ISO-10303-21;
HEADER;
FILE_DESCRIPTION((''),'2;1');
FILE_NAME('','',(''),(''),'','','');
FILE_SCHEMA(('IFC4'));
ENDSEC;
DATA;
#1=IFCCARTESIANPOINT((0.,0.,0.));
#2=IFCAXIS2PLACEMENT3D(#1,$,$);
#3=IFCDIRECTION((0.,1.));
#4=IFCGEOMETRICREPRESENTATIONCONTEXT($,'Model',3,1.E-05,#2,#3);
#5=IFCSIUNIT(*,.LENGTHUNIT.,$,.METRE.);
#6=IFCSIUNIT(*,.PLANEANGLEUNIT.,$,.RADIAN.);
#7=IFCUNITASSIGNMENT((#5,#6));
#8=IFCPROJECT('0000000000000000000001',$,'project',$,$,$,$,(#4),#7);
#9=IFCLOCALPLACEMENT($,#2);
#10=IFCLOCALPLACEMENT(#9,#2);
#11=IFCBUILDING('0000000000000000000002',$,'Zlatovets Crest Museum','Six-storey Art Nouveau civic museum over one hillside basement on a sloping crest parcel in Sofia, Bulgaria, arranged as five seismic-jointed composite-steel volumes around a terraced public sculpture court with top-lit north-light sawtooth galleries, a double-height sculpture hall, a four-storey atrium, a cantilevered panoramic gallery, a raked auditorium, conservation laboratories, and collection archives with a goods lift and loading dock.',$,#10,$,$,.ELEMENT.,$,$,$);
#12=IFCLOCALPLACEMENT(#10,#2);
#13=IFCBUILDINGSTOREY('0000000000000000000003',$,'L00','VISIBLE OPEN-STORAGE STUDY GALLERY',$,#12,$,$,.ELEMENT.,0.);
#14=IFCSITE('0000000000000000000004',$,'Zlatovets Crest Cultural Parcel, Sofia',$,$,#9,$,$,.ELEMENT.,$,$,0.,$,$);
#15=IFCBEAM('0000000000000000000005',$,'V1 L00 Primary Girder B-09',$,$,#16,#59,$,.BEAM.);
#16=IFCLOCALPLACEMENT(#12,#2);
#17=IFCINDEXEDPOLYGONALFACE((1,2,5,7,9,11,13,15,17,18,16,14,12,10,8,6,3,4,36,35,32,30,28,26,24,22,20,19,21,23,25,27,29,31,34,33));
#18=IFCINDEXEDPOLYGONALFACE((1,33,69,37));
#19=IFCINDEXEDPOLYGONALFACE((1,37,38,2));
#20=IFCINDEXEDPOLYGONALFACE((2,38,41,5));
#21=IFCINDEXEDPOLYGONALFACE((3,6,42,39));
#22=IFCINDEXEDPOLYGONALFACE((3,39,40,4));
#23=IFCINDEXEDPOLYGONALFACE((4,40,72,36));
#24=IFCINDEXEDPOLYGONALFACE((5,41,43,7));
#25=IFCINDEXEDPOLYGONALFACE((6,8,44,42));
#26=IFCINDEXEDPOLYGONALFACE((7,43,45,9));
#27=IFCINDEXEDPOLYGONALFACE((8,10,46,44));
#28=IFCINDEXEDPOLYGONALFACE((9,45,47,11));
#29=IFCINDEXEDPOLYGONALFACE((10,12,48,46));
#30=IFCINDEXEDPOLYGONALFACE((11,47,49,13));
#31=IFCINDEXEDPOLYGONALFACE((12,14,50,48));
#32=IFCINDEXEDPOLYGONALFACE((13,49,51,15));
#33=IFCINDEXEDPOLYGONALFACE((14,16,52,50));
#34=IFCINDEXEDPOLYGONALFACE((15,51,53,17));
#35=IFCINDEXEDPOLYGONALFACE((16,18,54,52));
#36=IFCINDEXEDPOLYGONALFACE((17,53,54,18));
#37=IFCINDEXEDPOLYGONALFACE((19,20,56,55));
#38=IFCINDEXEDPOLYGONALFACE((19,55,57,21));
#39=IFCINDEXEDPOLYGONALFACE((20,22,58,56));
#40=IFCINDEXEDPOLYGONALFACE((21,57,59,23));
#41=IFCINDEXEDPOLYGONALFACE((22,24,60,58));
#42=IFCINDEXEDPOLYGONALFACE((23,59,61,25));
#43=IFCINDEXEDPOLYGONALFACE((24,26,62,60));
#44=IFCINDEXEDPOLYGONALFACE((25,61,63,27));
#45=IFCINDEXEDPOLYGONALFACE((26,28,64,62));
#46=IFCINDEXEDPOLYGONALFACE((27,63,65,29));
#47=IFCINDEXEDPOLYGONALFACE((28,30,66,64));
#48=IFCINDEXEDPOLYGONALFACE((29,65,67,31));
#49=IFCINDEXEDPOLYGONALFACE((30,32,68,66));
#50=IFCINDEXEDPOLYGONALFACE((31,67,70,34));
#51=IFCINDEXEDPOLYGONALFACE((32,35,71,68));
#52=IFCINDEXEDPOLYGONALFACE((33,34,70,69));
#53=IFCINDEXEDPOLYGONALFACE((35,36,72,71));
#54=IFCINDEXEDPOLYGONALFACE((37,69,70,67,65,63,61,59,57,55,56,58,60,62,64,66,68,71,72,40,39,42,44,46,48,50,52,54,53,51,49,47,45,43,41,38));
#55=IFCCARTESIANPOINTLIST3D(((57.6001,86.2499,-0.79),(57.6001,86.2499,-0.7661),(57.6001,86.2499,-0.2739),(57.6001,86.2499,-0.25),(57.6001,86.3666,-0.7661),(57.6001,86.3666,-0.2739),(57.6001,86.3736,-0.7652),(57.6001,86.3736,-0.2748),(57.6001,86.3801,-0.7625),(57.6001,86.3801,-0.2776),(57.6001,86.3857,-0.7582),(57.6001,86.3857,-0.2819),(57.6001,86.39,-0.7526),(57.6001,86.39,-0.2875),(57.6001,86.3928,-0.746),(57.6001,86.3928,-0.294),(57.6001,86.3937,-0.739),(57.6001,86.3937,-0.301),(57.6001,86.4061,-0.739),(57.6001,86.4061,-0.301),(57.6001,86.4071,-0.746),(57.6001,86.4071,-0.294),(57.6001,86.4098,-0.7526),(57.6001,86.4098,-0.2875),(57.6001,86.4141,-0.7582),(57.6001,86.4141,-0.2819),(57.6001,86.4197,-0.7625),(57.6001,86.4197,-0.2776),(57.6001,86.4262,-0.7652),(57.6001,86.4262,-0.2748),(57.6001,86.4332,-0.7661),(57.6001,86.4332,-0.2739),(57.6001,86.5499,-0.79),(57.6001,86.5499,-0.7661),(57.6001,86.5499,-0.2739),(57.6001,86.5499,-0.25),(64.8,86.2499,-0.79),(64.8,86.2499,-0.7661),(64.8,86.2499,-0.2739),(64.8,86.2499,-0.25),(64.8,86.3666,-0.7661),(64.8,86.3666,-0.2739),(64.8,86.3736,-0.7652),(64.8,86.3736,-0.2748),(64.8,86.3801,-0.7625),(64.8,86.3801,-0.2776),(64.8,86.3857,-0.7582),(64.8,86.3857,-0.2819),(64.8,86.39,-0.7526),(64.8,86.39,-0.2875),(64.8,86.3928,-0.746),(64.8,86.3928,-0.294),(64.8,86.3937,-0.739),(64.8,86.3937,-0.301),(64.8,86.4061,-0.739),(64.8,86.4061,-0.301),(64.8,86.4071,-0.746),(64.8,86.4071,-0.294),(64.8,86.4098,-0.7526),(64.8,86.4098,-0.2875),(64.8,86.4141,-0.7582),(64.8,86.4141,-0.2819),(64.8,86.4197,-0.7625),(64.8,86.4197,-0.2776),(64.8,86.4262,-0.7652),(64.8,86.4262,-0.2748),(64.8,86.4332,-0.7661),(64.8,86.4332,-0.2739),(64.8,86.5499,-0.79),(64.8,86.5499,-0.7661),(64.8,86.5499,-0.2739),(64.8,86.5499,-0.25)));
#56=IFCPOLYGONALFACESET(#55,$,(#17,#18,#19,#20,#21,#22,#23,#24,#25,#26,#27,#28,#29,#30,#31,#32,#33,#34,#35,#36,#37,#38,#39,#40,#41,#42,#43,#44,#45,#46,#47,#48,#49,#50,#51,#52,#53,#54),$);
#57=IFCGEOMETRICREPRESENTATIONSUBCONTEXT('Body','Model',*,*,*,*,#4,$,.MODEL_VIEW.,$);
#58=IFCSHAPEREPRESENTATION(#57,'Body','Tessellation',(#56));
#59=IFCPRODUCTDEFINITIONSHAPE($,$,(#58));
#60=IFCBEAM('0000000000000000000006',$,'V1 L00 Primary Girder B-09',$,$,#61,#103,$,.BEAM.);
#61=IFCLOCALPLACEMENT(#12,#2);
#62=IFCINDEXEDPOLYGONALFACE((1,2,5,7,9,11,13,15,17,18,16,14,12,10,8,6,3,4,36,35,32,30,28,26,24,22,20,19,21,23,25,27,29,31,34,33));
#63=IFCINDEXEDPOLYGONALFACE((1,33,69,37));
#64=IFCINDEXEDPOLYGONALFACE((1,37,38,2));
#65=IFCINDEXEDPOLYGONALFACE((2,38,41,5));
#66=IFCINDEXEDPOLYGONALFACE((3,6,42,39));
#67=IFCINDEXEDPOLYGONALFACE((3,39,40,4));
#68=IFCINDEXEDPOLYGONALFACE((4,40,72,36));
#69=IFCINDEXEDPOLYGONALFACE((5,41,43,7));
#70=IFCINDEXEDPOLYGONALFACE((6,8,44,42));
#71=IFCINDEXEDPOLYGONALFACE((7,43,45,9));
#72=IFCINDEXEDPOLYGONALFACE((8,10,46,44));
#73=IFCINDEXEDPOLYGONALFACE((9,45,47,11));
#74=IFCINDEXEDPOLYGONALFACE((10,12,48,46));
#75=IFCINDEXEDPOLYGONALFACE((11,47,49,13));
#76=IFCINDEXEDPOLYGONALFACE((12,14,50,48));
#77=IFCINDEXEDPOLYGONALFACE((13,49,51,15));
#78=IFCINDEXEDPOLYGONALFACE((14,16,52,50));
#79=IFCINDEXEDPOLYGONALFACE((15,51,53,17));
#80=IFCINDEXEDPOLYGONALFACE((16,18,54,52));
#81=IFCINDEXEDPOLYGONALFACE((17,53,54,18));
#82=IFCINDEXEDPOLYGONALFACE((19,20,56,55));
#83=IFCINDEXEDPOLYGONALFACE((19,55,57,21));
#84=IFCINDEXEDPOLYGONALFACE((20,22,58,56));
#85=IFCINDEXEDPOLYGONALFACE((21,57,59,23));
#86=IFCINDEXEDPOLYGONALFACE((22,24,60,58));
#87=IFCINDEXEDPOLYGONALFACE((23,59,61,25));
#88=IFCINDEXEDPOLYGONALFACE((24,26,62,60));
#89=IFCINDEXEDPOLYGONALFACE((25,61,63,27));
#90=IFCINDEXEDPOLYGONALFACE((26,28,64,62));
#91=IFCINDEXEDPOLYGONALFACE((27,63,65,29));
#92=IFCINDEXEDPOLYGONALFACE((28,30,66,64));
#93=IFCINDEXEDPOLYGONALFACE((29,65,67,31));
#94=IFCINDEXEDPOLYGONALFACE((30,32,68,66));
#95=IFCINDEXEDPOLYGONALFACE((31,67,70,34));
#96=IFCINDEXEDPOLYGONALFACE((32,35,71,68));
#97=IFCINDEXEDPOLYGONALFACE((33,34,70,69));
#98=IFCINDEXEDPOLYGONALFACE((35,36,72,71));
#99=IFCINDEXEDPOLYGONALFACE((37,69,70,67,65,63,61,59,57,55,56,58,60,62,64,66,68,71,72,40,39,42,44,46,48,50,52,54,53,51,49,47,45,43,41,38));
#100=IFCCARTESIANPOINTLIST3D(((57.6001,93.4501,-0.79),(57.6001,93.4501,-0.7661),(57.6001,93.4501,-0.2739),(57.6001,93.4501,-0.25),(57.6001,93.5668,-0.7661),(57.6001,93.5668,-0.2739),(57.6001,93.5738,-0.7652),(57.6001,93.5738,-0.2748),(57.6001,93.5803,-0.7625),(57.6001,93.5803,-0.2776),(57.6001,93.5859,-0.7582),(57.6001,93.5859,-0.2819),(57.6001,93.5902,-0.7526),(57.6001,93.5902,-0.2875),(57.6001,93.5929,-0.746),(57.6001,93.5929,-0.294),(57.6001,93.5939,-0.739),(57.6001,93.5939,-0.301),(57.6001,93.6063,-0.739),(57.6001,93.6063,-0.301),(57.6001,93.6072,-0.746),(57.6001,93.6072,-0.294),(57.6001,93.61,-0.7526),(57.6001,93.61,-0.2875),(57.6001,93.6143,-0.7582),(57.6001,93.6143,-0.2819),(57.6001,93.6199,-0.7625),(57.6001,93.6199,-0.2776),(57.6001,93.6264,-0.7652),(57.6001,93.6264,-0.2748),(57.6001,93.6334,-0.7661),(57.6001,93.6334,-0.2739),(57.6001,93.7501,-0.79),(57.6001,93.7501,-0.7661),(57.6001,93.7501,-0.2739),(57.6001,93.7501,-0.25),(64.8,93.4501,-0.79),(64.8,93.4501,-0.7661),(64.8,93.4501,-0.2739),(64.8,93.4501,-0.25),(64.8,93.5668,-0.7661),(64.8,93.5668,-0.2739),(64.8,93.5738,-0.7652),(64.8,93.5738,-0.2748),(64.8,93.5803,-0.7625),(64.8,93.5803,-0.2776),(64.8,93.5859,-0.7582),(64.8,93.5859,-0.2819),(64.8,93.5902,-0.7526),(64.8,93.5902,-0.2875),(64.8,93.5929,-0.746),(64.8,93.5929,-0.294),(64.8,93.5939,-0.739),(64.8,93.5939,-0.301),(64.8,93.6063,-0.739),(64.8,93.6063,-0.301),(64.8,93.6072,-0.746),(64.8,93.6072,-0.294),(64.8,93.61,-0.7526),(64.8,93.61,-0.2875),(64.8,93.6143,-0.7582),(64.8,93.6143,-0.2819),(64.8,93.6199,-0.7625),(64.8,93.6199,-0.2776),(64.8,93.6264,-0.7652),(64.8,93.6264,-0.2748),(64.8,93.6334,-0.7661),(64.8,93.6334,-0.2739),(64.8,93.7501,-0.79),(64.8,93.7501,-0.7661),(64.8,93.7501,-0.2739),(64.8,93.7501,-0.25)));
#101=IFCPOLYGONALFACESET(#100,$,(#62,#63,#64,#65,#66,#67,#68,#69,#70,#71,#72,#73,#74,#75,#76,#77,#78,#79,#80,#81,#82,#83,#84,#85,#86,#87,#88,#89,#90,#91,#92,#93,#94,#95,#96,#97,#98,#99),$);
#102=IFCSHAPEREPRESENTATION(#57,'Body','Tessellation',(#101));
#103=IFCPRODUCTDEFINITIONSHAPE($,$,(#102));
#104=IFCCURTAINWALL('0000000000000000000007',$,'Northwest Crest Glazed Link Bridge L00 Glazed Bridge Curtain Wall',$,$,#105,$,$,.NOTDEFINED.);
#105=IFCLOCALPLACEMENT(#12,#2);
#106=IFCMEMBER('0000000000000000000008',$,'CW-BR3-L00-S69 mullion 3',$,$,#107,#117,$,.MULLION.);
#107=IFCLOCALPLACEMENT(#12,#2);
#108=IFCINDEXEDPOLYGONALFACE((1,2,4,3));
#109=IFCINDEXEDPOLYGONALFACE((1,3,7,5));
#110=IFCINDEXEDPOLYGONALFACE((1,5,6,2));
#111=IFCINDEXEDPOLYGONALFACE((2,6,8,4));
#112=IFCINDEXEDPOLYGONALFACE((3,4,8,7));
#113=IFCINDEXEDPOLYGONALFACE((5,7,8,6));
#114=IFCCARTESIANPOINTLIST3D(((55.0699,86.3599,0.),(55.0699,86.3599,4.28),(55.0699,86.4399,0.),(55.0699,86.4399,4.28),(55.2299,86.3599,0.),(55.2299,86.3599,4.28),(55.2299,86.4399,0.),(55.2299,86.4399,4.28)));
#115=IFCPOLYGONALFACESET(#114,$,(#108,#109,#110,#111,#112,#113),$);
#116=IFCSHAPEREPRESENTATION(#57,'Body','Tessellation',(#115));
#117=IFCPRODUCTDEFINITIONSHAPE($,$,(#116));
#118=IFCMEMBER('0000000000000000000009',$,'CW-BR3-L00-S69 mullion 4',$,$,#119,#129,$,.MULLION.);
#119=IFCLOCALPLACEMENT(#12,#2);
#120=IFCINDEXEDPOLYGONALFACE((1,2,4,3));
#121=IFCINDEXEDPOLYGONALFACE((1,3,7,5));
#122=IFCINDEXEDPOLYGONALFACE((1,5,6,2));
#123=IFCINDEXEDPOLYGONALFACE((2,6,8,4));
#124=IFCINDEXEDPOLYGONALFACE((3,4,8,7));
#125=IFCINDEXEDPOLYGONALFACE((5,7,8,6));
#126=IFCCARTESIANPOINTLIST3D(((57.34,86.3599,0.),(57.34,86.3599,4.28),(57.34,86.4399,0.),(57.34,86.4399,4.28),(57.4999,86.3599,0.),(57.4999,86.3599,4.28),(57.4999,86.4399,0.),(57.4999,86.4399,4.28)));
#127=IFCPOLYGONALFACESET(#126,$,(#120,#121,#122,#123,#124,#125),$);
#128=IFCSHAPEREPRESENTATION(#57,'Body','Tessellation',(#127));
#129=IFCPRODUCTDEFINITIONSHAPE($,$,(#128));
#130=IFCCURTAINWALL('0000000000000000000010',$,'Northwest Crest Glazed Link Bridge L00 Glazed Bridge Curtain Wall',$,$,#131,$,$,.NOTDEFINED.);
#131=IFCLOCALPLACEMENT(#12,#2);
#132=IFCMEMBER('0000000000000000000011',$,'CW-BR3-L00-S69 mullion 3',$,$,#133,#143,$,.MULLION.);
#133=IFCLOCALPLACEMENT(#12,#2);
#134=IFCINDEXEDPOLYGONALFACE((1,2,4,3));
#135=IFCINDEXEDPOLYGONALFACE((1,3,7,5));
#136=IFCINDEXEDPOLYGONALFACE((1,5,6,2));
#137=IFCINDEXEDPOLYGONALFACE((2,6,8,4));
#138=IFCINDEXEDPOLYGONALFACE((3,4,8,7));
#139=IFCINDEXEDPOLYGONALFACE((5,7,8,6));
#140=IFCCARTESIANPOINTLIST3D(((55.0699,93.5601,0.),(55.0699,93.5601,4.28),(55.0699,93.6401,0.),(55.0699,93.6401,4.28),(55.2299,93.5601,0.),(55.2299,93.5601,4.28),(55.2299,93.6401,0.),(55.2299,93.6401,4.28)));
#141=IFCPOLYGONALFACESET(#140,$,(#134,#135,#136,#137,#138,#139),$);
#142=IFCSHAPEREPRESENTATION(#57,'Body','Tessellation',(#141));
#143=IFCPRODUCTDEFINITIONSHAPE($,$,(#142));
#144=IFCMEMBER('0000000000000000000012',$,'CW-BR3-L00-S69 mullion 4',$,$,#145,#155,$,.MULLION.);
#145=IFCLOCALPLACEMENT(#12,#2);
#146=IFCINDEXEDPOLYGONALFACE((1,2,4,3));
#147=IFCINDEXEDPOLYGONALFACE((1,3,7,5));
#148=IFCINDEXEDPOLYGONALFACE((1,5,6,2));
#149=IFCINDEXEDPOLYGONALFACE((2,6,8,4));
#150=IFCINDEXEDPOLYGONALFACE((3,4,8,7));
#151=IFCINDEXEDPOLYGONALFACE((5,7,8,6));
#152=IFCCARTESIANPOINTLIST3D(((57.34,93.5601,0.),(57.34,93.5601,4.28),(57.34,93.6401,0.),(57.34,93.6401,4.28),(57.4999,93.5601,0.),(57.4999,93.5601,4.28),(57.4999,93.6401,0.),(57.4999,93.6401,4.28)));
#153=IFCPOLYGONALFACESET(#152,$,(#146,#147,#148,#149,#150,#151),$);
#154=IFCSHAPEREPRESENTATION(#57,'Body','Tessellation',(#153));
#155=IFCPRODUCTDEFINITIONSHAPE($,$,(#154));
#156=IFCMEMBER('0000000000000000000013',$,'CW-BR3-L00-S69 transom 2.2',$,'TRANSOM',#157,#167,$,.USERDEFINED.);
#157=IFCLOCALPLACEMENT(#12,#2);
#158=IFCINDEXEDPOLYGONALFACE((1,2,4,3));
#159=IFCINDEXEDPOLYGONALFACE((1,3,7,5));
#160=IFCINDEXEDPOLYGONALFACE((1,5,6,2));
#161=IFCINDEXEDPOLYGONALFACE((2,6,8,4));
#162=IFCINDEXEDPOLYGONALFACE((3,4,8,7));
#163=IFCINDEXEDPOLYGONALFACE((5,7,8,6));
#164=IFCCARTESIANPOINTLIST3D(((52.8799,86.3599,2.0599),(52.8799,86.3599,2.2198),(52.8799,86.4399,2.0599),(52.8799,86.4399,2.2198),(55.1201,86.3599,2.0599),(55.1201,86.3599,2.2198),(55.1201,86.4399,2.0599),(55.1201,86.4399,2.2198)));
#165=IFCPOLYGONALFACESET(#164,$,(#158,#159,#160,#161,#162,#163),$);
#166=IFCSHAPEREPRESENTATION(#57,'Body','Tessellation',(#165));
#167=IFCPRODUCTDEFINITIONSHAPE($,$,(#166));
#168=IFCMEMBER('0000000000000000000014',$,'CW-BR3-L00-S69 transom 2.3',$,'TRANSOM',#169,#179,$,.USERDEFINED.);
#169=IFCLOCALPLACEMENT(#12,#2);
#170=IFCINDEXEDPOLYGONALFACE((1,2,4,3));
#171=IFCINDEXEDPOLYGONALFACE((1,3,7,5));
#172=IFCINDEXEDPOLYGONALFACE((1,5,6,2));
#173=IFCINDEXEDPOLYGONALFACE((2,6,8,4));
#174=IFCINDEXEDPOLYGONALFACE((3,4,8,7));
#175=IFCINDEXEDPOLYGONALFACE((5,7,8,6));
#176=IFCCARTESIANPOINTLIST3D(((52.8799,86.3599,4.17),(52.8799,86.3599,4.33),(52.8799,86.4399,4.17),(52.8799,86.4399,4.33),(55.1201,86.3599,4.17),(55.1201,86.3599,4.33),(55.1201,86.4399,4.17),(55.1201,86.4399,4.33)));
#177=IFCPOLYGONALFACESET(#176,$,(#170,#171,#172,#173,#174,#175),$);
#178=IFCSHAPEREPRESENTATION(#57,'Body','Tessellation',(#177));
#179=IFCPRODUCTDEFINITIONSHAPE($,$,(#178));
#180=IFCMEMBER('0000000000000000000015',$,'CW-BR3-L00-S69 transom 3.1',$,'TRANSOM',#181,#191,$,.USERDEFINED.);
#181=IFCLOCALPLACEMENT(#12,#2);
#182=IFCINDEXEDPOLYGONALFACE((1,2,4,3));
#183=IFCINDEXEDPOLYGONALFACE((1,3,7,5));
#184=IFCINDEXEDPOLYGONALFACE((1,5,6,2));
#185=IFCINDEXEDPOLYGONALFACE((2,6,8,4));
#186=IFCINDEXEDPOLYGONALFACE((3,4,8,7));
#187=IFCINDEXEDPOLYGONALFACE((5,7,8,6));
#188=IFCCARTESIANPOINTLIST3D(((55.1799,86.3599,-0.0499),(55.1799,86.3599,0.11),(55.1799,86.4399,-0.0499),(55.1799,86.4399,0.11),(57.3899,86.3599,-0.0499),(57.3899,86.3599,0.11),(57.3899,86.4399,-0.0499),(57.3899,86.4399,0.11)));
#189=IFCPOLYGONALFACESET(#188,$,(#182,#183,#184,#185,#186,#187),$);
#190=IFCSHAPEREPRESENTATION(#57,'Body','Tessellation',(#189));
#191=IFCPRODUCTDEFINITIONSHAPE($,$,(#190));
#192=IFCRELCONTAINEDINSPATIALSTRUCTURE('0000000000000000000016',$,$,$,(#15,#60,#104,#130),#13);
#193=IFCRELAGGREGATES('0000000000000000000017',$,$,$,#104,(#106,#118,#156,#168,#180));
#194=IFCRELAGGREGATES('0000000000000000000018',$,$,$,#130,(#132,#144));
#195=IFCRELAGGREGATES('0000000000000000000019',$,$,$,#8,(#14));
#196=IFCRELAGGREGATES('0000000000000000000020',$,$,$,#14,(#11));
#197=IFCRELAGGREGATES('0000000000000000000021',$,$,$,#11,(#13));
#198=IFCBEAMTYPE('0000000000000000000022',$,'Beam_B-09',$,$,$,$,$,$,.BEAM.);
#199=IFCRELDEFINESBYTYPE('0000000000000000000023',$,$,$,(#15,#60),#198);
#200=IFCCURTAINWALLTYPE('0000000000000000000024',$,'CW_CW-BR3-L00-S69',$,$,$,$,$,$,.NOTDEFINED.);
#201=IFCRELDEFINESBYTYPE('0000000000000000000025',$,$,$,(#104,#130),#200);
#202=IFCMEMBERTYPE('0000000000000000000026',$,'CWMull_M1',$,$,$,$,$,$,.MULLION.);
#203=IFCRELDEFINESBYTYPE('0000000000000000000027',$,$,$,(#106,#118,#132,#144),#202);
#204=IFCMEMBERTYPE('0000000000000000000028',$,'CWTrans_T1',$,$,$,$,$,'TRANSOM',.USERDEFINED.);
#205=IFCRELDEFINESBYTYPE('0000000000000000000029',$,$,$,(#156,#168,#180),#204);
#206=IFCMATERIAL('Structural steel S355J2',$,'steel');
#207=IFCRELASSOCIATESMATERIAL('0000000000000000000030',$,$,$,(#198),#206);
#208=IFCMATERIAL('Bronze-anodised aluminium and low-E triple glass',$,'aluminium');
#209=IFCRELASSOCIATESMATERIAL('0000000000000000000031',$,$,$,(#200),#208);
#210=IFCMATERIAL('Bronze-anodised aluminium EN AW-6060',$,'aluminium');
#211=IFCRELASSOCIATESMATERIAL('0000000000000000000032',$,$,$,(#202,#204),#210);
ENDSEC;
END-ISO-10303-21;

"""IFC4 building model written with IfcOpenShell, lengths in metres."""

from ifc_helpers import new_model, si_unit, direction, frame, origin, origin_2d, place, context, subcontext, project, spatial, rectangle, i_section, extrude, material, material_profile, profile_set, type_object, element, aggregate, save


model = new_model("IFC4")

# Units and contexts
model_context = context("Model", 3, precision=1e-05, world=origin(), true_north=direction((0.0, 1.0)))
body_context = subcontext(model_context, "Body", "Model", "MODEL_VIEW")
ifc_project = project(units=[si_unit("LENGTHUNIT", "METRE"), si_unit("PLANEANGLEUNIT", "RADIAN")], contexts=[model_context])

# Site, building, storey
site_placement = place(None, origin())
site = spatial("IfcSite", under=ifc_project, at=site_placement, Name="Zlatovets Crest Cultural Parcel, Sofia", CompositionType="ELEMENT", RefElevation=0.0)
building_placement = place(site_placement, origin())
building = spatial("IfcBuilding", under=site, at=building_placement, Name="Zlatovets Crest Museum", Description="Six-storey Art Nouveau civic museum over one hillside basement on a sloping crest parcel in Sofia, Bulgaria, arranged as five seismic-jointed composite-steel volumes around a terraced public sculpture court with top-lit north-light sawtooth galleries, a double-height sculpture hall, a four-storey atrium, a cantilevered panoramic gallery, a raked auditorium, conservation laboratories, and collection archives with a goods lift and loading dock.", CompositionType="ELEMENT")
storey_placement = place(building_placement, origin())
storey = spatial("IfcBuildingStorey", under=building, at=storey_placement, Name="L00", Description="VISIBLE OPEN-STORAGE STUDY GALLERY", CompositionType="ELEMENT", Elevation=0.0)

# Shared definitions
ifc_material_1 = material(Name="Structural steel S355J2", Category="steel")

# Beams
ifc_material_profile_1 = material_profile(ifc_material_1, i_section(OverallWidth=0.3, OverallDepth=0.54, WebThickness=0.0125, FlangeThickness=0.0239, FilletRadius=0.0271, at=origin_2d()), Name="HEA 550")
ifc_profile_set_1 = profile_set([ifc_material_profile_1], Name="Structural steel S355J2")
beam_type_1 = type_object("IfcBeamType", Name="Beam_B-09", PredefinedType="BEAM", material=ifc_profile_set_1)
for number, where, z_axis, x_axis, name in (
    (1, (57.6001, 86.3999, -0.52), (1.0, 0.0, 0.0), (0.0, 1.0, 0.0), "V1 L00 Primary Girder B-09"),
    (2, (57.6001, 93.6001, -0.52), (1.0, 0.0, 0.0), (0.0, 1.0, 0.0), "V1 L00 Primary Girder B-09"),
):
    element("IfcBeam", number, at=place(storey_placement, frame(where, z_axis=z_axis, x_axis=x_axis)), inside=storey, type_object=beam_type_1, Name=name, PredefinedType="BEAM", context=body_context, shape_type="SweptSolid", body=[
        extrude(i_section(OverallWidth=0.3, OverallDepth=0.54, WebThickness=0.0125, FlangeThickness=0.0239, FilletRadius=0.0271, at=origin_2d()), origin(), (0.0, 0.0, 1.0), 7.2),
    ])

# Curtain walls, members
ifc_material_2 = material(Name="Bronze-anodised aluminium and low-E triple glass", Category="aluminium")
curtain_wall_type = type_object("IfcCurtainWallType", Name="CW_CW-BR3-L00-S69", PredefinedType="NOTDEFINED", material=ifc_material_2)
curtain_wall_1_placement = place(storey_placement, origin())
curtain_wall_1 = element("IfcCurtainWall", 3, at=curtain_wall_1_placement, inside=storey, type_object=curtain_wall_type, Name="Northwest Crest Glazed Link Bridge L00 Glazed Bridge Curtain Wall", PredefinedType="NOTDEFINED")
ifc_material_3 = material(Name="Bronze-anodised aluminium EN AW-6060", Category="aluminium")
ifc_material_profile_2 = material_profile(ifc_material_3, rectangle(XDim=0.0801, YDim=0.1599, at=origin_2d()), Name="ALU 80x160")
ifc_profile_set_2 = profile_set([ifc_material_profile_2], Name="Bronze-anodised aluminium EN AW-6060")
member_type_1 = type_object("IfcMemberType", Name="CWMull_M1", PredefinedType="MULLION", material=ifc_profile_set_2)
member_1_placement = place(storey_placement, frame((55.1499, 86.3999, 0.0), z_axis=(0.0, 0.0, 1.0), x_axis=(0.0, 1.0, 0.0)))
member_1 = element("IfcMember", 4, at=member_1_placement, type_object=member_type_1, Name="CW-BR3-L00-S69 mullion 3", PredefinedType="MULLION", context=body_context, shape_type="SweptSolid", body=[
    extrude(rectangle(XDim=0.0801, YDim=0.1599, at=origin_2d()), origin(), (0.0, 0.0, 1.0), 4.28),
])
member_2_placement = place(storey_placement, frame((57.4199, 86.3999, 0.0), z_axis=(0.0, 0.0, 1.0), x_axis=(0.0, 1.0, 0.0)))
member_2 = element("IfcMember", 5, at=member_2_placement, type_object=member_type_1, Name="CW-BR3-L00-S69 mullion 4", PredefinedType="MULLION", context=body_context, shape_type="SweptSolid", body=[
    extrude(rectangle(XDim=0.0801, YDim=0.1599, at=origin_2d()), origin(), (0.0, 0.0, 1.0), 4.28),
])
curtain_wall_2_placement = place(storey_placement, origin())
curtain_wall_2 = element("IfcCurtainWall", 6, at=curtain_wall_2_placement, inside=storey, type_object=curtain_wall_type, Name="Northwest Crest Glazed Link Bridge L00 Glazed Bridge Curtain Wall", PredefinedType="NOTDEFINED")
member_3_placement = place(storey_placement, frame((55.1499, 93.6001, 0.0), z_axis=(0.0, 0.0, 1.0), x_axis=(0.0, 1.0, 0.0)))
member_3 = element("IfcMember", 7, at=member_3_placement, type_object=member_type_1, Name="CW-BR3-L00-S69 mullion 3", PredefinedType="MULLION", context=body_context, shape_type="SweptSolid", body=[
    extrude(rectangle(XDim=0.0801, YDim=0.1599, at=origin_2d()), origin(), (0.0, 0.0, 1.0), 4.28),
])
member_4_placement = place(storey_placement, frame((57.4199, 93.6001, 0.0), z_axis=(0.0, 0.0, 1.0), x_axis=(0.0, 1.0, 0.0)))
member_4 = element("IfcMember", 8, at=member_4_placement, type_object=member_type_1, Name="CW-BR3-L00-S69 mullion 4", PredefinedType="MULLION", context=body_context, shape_type="SweptSolid", body=[
    extrude(rectangle(XDim=0.0801, YDim=0.1599, at=origin_2d()), origin(), (0.0, 0.0, 1.0), 4.28),
])

# Members
ifc_material_profile_3 = material_profile(ifc_material_3, rectangle(XDim=0.0801, YDim=0.1599, at=origin_2d()), Name="ALU 80x160")
ifc_profile_set_3 = profile_set([ifc_material_profile_3], Name="Bronze-anodised aluminium EN AW-6060")
member_type_2 = type_object("IfcMemberType", Name="CWTrans_T1", ElementType="TRANSOM", PredefinedType="USERDEFINED", material=ifc_profile_set_3)
member_5_placement = place(storey_placement, frame((52.8799, 86.3999, 2.1399), z_axis=(1.0, 0.0, 0.0), x_axis=(0.0, 1.0, 0.0)))
member_5 = element("IfcMember", 9, at=member_5_placement, type_object=member_type_2, Name="CW-BR3-L00-S69 transom 2.2", ObjectType="TRANSOM", PredefinedType="USERDEFINED", context=body_context, shape_type="SweptSolid", body=[
    extrude(rectangle(XDim=0.0801, YDim=0.1599, at=origin_2d()), origin(), (0.0, 0.0, 1.0), 2.2402),
])
member_6_placement = place(storey_placement, frame((52.8799, 86.3999, 4.25), z_axis=(1.0, 0.0, 0.0), x_axis=(0.0, 1.0, 0.0)))
member_6 = element("IfcMember", 10, at=member_6_placement, type_object=member_type_2, Name="CW-BR3-L00-S69 transom 2.3", ObjectType="TRANSOM", PredefinedType="USERDEFINED", context=body_context, shape_type="SweptSolid", body=[
    extrude(rectangle(XDim=0.0801, YDim=0.1599, at=origin_2d()), origin(), (0.0, 0.0, 1.0), 2.2402),
])
member_7_placement = place(storey_placement, frame((55.1799, 86.3999, 0.03), z_axis=(1.0, 0.0, 0.0), x_axis=(0.0, 1.0, 0.0)))
member_7 = element("IfcMember", 11, at=member_7_placement, type_object=member_type_2, Name="CW-BR3-L00-S69 transom 3.1", ObjectType="TRANSOM", PredefinedType="USERDEFINED", context=body_context, shape_type="SweptSolid", body=[
    extrude(rectangle(XDim=0.0801, YDim=0.1599, at=origin_2d()), origin(), (0.0, 0.0, 1.0), 2.21),
])

aggregate(curtain_wall_1, [member_1, member_2, member_5, member_6, member_7])
aggregate(curtain_wall_2, [member_3, member_4])

save(model, "model.ifc")
